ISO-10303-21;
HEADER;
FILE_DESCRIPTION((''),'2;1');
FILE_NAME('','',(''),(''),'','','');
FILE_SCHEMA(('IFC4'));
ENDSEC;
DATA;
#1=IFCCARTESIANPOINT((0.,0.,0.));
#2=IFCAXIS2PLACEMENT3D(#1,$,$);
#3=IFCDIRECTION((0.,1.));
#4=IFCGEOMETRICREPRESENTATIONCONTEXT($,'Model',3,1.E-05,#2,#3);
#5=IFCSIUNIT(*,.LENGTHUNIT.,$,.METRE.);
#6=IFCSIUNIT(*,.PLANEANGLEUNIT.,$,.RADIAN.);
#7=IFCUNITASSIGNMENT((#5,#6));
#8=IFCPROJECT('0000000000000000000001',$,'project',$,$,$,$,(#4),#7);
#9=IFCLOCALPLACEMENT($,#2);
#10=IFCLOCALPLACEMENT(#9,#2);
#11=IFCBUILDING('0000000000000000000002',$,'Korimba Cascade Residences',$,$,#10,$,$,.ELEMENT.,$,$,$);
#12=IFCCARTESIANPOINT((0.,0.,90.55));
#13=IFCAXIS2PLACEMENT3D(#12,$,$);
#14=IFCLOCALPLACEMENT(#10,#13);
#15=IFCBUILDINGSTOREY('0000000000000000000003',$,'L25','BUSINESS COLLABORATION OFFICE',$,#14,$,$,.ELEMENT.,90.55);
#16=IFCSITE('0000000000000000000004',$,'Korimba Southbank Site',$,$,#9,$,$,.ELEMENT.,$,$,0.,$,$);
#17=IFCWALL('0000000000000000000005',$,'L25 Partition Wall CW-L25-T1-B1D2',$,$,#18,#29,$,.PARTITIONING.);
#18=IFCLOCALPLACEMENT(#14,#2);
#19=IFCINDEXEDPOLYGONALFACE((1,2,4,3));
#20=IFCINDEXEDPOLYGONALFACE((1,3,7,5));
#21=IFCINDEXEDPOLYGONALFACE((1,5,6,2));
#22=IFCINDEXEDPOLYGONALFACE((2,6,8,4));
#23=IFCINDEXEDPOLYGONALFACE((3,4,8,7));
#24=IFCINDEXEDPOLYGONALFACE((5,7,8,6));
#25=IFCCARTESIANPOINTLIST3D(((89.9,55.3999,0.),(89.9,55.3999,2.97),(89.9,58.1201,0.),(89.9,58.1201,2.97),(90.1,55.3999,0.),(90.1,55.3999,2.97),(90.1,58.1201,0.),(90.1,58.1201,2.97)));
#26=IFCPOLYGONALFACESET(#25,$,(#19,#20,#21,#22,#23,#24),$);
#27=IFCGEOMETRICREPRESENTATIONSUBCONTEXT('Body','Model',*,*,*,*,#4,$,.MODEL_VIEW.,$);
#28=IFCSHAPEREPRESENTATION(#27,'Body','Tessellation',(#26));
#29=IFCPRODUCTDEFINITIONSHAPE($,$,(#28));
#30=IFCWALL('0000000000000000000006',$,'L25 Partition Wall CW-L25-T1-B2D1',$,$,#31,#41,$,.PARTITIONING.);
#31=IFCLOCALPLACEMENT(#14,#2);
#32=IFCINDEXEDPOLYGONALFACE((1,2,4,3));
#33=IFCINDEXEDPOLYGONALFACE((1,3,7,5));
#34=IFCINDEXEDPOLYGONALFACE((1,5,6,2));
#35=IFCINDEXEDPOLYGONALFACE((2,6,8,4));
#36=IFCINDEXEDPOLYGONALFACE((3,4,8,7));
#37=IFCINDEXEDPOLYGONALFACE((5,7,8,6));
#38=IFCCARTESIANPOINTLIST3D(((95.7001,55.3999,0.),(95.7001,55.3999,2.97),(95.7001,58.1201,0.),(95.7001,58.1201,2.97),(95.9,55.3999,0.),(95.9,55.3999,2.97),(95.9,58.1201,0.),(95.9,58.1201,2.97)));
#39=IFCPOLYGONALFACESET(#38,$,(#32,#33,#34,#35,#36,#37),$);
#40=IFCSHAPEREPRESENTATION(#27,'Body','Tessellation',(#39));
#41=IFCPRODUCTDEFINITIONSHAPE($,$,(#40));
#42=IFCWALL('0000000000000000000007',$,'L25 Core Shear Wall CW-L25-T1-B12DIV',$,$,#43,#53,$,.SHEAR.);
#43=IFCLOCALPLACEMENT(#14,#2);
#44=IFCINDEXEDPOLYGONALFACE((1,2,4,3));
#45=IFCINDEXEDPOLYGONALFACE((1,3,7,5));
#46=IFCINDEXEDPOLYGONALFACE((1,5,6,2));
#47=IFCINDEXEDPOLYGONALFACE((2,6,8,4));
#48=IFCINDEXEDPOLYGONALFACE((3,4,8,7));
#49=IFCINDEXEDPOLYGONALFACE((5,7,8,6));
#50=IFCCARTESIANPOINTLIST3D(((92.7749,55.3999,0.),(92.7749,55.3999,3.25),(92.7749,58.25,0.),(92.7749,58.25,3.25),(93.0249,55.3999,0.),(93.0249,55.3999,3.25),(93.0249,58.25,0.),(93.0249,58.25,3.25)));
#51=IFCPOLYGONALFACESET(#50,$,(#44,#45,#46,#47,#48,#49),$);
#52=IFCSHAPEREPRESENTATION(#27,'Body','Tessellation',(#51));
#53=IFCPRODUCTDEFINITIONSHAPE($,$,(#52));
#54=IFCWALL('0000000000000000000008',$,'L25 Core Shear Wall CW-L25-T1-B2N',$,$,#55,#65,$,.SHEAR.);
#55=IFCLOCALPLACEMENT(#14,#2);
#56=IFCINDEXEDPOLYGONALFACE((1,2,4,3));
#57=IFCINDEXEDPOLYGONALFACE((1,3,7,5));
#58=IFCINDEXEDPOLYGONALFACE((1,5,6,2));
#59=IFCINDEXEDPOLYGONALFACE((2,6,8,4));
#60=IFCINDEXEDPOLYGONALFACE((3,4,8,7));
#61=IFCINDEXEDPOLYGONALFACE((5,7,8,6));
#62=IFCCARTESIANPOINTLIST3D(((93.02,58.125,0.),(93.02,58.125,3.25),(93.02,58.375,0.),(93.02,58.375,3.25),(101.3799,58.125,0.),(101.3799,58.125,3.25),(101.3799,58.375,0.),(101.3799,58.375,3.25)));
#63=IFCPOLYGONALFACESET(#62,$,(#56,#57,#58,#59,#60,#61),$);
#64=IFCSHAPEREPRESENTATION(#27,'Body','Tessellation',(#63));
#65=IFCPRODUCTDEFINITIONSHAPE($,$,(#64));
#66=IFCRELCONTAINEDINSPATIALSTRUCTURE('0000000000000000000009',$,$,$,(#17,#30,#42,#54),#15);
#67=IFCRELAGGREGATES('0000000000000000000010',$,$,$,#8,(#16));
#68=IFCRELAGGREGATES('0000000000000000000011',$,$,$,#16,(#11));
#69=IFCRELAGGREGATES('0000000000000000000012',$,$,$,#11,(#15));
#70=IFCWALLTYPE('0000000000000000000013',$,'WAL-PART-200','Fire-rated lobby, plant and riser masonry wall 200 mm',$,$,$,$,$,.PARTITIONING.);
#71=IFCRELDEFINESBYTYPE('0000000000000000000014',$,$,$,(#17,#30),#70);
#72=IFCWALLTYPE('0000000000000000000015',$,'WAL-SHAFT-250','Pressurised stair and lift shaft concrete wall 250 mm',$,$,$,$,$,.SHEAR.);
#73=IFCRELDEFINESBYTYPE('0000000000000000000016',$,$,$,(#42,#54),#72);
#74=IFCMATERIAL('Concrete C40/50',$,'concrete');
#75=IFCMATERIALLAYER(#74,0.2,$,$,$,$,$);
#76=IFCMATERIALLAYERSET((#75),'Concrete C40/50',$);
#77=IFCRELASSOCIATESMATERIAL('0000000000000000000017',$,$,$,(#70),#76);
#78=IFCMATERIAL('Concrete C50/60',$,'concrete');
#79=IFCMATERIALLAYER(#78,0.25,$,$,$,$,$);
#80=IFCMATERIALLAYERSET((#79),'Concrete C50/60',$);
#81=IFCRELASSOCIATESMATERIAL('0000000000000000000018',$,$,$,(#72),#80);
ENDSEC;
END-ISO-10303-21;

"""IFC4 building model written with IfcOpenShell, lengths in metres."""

from ifc_helpers import new_model, si_unit, direction, frame, frame_2d, origin, place, context, subcontext, project, spatial, rectangle, extrude, material, layer, layer_set, type_object, element, save


model = new_model("IFC4")

# Units and contexts
model_context = context("Model", 3, precision=1e-05, world=origin(), true_north=direction((0.0, 1.0)))
body_context = subcontext(model_context, "Body", "Model", "MODEL_VIEW")
ifc_project = project(units=[si_unit("LENGTHUNIT", "METRE"), si_unit("PLANEANGLEUNIT", "RADIAN")], contexts=[model_context])

# Site, building, storey
site_placement = place(None, origin())
site = spatial("IfcSite", under=ifc_project, at=site_placement, Name="Korimba Southbank Site", CompositionType="ELEMENT", RefElevation=0.0)
building_placement = place(site_placement, origin())
building = spatial("IfcBuilding", under=site, at=building_placement, Name="Korimba Cascade Residences", CompositionType="ELEMENT")
storey_placement = place(building_placement, frame((0.0, 0.0, 90.55)))
storey = spatial("IfcBuildingStorey", under=building, at=storey_placement, Name="L25", Description="BUSINESS COLLABORATION OFFICE", CompositionType="ELEMENT", Elevation=90.55)

# Walls
ifc_material_1 = material(Name="Concrete C40/50", Category="concrete")
ifc_layer_1 = layer(ifc_material_1, 0.2)
ifc_layer_set_1 = layer_set([ifc_layer_1], Name="Concrete C40/50")
wall_type_1 = type_object("IfcWallType", Name="WAL-PART-200", Description="Fire-rated lobby, plant and riser masonry wall 200 mm", PredefinedType="PARTITIONING", material=ifc_layer_set_1)
for number, where, z_axis, x_axis, name in (
    (1, (90.0, 55.3999, 0.0), (0.0, 0.0, 1.0), (0.0, 1.0, 0.0), "L25 Partition Wall CW-L25-T1-B1D2"),
    (2, (95.8, 55.3999, 0.0), (0.0, 0.0, 1.0), (0.0, 1.0, 0.0), "L25 Partition Wall CW-L25-T1-B2D1"),
):
    element("IfcWall", number, at=place(storey_placement, frame(where, z_axis=z_axis, x_axis=x_axis)), inside=storey, type_object=wall_type_1, Name=name, PredefinedType="PARTITIONING", context=body_context, shape_type="SweptSolid", body=[
        extrude(rectangle(XDim=2.7202, YDim=0.2, at=frame_2d((1.3601, 0.0))), origin(), (0.0, 0.0, 1.0), 2.97),
    ])
ifc_material_2 = material(Name="Concrete C50/60", Category="concrete")
ifc_layer_2 = layer(ifc_material_2, 0.25)
ifc_layer_set_2 = layer_set([ifc_layer_2], Name="Concrete C50/60")
wall_type_2 = type_object("IfcWallType", Name="WAL-SHAFT-250", Description="Pressurised stair and lift shaft concrete wall 250 mm", PredefinedType="SHEAR", material=ifc_layer_set_2)
wall_1_placement = place(storey_placement, frame((92.8999, 55.3999, 0.0), z_axis=(0.0, 0.0, 1.0), x_axis=(0.0, 1.0, 0.0)))
element("IfcWall", 3, at=wall_1_placement, inside=storey, type_object=wall_type_2, Name="L25 Core Shear Wall CW-L25-T1-B12DIV", PredefinedType="SHEAR", context=body_context, shape_type="SweptSolid", body=[
    extrude(rectangle(XDim=2.8501, YDim=0.25, at=frame_2d((1.425, 0.0))), origin(), (0.0, 0.0, 1.0), 3.25),
])
wall_2_placement = place(storey_placement, frame((93.02, 58.25, 0.0), z_axis=(0.0, 0.0, 1.0), x_axis=(1.0, 0.0, 0.0)))
element("IfcWall", 4, at=wall_2_placement, inside=storey, type_object=wall_type_2, Name="L25 Core Shear Wall CW-L25-T1-B2N", PredefinedType="SHEAR", context=body_context, shape_type="SweptSolid", body=[
    extrude(rectangle(XDim=8.3599, YDim=0.25, at=frame_2d((4.1799, 0.0))), origin(), (0.0, 0.0, 1.0), 3.25),
])

save(model, "model.ifc")
